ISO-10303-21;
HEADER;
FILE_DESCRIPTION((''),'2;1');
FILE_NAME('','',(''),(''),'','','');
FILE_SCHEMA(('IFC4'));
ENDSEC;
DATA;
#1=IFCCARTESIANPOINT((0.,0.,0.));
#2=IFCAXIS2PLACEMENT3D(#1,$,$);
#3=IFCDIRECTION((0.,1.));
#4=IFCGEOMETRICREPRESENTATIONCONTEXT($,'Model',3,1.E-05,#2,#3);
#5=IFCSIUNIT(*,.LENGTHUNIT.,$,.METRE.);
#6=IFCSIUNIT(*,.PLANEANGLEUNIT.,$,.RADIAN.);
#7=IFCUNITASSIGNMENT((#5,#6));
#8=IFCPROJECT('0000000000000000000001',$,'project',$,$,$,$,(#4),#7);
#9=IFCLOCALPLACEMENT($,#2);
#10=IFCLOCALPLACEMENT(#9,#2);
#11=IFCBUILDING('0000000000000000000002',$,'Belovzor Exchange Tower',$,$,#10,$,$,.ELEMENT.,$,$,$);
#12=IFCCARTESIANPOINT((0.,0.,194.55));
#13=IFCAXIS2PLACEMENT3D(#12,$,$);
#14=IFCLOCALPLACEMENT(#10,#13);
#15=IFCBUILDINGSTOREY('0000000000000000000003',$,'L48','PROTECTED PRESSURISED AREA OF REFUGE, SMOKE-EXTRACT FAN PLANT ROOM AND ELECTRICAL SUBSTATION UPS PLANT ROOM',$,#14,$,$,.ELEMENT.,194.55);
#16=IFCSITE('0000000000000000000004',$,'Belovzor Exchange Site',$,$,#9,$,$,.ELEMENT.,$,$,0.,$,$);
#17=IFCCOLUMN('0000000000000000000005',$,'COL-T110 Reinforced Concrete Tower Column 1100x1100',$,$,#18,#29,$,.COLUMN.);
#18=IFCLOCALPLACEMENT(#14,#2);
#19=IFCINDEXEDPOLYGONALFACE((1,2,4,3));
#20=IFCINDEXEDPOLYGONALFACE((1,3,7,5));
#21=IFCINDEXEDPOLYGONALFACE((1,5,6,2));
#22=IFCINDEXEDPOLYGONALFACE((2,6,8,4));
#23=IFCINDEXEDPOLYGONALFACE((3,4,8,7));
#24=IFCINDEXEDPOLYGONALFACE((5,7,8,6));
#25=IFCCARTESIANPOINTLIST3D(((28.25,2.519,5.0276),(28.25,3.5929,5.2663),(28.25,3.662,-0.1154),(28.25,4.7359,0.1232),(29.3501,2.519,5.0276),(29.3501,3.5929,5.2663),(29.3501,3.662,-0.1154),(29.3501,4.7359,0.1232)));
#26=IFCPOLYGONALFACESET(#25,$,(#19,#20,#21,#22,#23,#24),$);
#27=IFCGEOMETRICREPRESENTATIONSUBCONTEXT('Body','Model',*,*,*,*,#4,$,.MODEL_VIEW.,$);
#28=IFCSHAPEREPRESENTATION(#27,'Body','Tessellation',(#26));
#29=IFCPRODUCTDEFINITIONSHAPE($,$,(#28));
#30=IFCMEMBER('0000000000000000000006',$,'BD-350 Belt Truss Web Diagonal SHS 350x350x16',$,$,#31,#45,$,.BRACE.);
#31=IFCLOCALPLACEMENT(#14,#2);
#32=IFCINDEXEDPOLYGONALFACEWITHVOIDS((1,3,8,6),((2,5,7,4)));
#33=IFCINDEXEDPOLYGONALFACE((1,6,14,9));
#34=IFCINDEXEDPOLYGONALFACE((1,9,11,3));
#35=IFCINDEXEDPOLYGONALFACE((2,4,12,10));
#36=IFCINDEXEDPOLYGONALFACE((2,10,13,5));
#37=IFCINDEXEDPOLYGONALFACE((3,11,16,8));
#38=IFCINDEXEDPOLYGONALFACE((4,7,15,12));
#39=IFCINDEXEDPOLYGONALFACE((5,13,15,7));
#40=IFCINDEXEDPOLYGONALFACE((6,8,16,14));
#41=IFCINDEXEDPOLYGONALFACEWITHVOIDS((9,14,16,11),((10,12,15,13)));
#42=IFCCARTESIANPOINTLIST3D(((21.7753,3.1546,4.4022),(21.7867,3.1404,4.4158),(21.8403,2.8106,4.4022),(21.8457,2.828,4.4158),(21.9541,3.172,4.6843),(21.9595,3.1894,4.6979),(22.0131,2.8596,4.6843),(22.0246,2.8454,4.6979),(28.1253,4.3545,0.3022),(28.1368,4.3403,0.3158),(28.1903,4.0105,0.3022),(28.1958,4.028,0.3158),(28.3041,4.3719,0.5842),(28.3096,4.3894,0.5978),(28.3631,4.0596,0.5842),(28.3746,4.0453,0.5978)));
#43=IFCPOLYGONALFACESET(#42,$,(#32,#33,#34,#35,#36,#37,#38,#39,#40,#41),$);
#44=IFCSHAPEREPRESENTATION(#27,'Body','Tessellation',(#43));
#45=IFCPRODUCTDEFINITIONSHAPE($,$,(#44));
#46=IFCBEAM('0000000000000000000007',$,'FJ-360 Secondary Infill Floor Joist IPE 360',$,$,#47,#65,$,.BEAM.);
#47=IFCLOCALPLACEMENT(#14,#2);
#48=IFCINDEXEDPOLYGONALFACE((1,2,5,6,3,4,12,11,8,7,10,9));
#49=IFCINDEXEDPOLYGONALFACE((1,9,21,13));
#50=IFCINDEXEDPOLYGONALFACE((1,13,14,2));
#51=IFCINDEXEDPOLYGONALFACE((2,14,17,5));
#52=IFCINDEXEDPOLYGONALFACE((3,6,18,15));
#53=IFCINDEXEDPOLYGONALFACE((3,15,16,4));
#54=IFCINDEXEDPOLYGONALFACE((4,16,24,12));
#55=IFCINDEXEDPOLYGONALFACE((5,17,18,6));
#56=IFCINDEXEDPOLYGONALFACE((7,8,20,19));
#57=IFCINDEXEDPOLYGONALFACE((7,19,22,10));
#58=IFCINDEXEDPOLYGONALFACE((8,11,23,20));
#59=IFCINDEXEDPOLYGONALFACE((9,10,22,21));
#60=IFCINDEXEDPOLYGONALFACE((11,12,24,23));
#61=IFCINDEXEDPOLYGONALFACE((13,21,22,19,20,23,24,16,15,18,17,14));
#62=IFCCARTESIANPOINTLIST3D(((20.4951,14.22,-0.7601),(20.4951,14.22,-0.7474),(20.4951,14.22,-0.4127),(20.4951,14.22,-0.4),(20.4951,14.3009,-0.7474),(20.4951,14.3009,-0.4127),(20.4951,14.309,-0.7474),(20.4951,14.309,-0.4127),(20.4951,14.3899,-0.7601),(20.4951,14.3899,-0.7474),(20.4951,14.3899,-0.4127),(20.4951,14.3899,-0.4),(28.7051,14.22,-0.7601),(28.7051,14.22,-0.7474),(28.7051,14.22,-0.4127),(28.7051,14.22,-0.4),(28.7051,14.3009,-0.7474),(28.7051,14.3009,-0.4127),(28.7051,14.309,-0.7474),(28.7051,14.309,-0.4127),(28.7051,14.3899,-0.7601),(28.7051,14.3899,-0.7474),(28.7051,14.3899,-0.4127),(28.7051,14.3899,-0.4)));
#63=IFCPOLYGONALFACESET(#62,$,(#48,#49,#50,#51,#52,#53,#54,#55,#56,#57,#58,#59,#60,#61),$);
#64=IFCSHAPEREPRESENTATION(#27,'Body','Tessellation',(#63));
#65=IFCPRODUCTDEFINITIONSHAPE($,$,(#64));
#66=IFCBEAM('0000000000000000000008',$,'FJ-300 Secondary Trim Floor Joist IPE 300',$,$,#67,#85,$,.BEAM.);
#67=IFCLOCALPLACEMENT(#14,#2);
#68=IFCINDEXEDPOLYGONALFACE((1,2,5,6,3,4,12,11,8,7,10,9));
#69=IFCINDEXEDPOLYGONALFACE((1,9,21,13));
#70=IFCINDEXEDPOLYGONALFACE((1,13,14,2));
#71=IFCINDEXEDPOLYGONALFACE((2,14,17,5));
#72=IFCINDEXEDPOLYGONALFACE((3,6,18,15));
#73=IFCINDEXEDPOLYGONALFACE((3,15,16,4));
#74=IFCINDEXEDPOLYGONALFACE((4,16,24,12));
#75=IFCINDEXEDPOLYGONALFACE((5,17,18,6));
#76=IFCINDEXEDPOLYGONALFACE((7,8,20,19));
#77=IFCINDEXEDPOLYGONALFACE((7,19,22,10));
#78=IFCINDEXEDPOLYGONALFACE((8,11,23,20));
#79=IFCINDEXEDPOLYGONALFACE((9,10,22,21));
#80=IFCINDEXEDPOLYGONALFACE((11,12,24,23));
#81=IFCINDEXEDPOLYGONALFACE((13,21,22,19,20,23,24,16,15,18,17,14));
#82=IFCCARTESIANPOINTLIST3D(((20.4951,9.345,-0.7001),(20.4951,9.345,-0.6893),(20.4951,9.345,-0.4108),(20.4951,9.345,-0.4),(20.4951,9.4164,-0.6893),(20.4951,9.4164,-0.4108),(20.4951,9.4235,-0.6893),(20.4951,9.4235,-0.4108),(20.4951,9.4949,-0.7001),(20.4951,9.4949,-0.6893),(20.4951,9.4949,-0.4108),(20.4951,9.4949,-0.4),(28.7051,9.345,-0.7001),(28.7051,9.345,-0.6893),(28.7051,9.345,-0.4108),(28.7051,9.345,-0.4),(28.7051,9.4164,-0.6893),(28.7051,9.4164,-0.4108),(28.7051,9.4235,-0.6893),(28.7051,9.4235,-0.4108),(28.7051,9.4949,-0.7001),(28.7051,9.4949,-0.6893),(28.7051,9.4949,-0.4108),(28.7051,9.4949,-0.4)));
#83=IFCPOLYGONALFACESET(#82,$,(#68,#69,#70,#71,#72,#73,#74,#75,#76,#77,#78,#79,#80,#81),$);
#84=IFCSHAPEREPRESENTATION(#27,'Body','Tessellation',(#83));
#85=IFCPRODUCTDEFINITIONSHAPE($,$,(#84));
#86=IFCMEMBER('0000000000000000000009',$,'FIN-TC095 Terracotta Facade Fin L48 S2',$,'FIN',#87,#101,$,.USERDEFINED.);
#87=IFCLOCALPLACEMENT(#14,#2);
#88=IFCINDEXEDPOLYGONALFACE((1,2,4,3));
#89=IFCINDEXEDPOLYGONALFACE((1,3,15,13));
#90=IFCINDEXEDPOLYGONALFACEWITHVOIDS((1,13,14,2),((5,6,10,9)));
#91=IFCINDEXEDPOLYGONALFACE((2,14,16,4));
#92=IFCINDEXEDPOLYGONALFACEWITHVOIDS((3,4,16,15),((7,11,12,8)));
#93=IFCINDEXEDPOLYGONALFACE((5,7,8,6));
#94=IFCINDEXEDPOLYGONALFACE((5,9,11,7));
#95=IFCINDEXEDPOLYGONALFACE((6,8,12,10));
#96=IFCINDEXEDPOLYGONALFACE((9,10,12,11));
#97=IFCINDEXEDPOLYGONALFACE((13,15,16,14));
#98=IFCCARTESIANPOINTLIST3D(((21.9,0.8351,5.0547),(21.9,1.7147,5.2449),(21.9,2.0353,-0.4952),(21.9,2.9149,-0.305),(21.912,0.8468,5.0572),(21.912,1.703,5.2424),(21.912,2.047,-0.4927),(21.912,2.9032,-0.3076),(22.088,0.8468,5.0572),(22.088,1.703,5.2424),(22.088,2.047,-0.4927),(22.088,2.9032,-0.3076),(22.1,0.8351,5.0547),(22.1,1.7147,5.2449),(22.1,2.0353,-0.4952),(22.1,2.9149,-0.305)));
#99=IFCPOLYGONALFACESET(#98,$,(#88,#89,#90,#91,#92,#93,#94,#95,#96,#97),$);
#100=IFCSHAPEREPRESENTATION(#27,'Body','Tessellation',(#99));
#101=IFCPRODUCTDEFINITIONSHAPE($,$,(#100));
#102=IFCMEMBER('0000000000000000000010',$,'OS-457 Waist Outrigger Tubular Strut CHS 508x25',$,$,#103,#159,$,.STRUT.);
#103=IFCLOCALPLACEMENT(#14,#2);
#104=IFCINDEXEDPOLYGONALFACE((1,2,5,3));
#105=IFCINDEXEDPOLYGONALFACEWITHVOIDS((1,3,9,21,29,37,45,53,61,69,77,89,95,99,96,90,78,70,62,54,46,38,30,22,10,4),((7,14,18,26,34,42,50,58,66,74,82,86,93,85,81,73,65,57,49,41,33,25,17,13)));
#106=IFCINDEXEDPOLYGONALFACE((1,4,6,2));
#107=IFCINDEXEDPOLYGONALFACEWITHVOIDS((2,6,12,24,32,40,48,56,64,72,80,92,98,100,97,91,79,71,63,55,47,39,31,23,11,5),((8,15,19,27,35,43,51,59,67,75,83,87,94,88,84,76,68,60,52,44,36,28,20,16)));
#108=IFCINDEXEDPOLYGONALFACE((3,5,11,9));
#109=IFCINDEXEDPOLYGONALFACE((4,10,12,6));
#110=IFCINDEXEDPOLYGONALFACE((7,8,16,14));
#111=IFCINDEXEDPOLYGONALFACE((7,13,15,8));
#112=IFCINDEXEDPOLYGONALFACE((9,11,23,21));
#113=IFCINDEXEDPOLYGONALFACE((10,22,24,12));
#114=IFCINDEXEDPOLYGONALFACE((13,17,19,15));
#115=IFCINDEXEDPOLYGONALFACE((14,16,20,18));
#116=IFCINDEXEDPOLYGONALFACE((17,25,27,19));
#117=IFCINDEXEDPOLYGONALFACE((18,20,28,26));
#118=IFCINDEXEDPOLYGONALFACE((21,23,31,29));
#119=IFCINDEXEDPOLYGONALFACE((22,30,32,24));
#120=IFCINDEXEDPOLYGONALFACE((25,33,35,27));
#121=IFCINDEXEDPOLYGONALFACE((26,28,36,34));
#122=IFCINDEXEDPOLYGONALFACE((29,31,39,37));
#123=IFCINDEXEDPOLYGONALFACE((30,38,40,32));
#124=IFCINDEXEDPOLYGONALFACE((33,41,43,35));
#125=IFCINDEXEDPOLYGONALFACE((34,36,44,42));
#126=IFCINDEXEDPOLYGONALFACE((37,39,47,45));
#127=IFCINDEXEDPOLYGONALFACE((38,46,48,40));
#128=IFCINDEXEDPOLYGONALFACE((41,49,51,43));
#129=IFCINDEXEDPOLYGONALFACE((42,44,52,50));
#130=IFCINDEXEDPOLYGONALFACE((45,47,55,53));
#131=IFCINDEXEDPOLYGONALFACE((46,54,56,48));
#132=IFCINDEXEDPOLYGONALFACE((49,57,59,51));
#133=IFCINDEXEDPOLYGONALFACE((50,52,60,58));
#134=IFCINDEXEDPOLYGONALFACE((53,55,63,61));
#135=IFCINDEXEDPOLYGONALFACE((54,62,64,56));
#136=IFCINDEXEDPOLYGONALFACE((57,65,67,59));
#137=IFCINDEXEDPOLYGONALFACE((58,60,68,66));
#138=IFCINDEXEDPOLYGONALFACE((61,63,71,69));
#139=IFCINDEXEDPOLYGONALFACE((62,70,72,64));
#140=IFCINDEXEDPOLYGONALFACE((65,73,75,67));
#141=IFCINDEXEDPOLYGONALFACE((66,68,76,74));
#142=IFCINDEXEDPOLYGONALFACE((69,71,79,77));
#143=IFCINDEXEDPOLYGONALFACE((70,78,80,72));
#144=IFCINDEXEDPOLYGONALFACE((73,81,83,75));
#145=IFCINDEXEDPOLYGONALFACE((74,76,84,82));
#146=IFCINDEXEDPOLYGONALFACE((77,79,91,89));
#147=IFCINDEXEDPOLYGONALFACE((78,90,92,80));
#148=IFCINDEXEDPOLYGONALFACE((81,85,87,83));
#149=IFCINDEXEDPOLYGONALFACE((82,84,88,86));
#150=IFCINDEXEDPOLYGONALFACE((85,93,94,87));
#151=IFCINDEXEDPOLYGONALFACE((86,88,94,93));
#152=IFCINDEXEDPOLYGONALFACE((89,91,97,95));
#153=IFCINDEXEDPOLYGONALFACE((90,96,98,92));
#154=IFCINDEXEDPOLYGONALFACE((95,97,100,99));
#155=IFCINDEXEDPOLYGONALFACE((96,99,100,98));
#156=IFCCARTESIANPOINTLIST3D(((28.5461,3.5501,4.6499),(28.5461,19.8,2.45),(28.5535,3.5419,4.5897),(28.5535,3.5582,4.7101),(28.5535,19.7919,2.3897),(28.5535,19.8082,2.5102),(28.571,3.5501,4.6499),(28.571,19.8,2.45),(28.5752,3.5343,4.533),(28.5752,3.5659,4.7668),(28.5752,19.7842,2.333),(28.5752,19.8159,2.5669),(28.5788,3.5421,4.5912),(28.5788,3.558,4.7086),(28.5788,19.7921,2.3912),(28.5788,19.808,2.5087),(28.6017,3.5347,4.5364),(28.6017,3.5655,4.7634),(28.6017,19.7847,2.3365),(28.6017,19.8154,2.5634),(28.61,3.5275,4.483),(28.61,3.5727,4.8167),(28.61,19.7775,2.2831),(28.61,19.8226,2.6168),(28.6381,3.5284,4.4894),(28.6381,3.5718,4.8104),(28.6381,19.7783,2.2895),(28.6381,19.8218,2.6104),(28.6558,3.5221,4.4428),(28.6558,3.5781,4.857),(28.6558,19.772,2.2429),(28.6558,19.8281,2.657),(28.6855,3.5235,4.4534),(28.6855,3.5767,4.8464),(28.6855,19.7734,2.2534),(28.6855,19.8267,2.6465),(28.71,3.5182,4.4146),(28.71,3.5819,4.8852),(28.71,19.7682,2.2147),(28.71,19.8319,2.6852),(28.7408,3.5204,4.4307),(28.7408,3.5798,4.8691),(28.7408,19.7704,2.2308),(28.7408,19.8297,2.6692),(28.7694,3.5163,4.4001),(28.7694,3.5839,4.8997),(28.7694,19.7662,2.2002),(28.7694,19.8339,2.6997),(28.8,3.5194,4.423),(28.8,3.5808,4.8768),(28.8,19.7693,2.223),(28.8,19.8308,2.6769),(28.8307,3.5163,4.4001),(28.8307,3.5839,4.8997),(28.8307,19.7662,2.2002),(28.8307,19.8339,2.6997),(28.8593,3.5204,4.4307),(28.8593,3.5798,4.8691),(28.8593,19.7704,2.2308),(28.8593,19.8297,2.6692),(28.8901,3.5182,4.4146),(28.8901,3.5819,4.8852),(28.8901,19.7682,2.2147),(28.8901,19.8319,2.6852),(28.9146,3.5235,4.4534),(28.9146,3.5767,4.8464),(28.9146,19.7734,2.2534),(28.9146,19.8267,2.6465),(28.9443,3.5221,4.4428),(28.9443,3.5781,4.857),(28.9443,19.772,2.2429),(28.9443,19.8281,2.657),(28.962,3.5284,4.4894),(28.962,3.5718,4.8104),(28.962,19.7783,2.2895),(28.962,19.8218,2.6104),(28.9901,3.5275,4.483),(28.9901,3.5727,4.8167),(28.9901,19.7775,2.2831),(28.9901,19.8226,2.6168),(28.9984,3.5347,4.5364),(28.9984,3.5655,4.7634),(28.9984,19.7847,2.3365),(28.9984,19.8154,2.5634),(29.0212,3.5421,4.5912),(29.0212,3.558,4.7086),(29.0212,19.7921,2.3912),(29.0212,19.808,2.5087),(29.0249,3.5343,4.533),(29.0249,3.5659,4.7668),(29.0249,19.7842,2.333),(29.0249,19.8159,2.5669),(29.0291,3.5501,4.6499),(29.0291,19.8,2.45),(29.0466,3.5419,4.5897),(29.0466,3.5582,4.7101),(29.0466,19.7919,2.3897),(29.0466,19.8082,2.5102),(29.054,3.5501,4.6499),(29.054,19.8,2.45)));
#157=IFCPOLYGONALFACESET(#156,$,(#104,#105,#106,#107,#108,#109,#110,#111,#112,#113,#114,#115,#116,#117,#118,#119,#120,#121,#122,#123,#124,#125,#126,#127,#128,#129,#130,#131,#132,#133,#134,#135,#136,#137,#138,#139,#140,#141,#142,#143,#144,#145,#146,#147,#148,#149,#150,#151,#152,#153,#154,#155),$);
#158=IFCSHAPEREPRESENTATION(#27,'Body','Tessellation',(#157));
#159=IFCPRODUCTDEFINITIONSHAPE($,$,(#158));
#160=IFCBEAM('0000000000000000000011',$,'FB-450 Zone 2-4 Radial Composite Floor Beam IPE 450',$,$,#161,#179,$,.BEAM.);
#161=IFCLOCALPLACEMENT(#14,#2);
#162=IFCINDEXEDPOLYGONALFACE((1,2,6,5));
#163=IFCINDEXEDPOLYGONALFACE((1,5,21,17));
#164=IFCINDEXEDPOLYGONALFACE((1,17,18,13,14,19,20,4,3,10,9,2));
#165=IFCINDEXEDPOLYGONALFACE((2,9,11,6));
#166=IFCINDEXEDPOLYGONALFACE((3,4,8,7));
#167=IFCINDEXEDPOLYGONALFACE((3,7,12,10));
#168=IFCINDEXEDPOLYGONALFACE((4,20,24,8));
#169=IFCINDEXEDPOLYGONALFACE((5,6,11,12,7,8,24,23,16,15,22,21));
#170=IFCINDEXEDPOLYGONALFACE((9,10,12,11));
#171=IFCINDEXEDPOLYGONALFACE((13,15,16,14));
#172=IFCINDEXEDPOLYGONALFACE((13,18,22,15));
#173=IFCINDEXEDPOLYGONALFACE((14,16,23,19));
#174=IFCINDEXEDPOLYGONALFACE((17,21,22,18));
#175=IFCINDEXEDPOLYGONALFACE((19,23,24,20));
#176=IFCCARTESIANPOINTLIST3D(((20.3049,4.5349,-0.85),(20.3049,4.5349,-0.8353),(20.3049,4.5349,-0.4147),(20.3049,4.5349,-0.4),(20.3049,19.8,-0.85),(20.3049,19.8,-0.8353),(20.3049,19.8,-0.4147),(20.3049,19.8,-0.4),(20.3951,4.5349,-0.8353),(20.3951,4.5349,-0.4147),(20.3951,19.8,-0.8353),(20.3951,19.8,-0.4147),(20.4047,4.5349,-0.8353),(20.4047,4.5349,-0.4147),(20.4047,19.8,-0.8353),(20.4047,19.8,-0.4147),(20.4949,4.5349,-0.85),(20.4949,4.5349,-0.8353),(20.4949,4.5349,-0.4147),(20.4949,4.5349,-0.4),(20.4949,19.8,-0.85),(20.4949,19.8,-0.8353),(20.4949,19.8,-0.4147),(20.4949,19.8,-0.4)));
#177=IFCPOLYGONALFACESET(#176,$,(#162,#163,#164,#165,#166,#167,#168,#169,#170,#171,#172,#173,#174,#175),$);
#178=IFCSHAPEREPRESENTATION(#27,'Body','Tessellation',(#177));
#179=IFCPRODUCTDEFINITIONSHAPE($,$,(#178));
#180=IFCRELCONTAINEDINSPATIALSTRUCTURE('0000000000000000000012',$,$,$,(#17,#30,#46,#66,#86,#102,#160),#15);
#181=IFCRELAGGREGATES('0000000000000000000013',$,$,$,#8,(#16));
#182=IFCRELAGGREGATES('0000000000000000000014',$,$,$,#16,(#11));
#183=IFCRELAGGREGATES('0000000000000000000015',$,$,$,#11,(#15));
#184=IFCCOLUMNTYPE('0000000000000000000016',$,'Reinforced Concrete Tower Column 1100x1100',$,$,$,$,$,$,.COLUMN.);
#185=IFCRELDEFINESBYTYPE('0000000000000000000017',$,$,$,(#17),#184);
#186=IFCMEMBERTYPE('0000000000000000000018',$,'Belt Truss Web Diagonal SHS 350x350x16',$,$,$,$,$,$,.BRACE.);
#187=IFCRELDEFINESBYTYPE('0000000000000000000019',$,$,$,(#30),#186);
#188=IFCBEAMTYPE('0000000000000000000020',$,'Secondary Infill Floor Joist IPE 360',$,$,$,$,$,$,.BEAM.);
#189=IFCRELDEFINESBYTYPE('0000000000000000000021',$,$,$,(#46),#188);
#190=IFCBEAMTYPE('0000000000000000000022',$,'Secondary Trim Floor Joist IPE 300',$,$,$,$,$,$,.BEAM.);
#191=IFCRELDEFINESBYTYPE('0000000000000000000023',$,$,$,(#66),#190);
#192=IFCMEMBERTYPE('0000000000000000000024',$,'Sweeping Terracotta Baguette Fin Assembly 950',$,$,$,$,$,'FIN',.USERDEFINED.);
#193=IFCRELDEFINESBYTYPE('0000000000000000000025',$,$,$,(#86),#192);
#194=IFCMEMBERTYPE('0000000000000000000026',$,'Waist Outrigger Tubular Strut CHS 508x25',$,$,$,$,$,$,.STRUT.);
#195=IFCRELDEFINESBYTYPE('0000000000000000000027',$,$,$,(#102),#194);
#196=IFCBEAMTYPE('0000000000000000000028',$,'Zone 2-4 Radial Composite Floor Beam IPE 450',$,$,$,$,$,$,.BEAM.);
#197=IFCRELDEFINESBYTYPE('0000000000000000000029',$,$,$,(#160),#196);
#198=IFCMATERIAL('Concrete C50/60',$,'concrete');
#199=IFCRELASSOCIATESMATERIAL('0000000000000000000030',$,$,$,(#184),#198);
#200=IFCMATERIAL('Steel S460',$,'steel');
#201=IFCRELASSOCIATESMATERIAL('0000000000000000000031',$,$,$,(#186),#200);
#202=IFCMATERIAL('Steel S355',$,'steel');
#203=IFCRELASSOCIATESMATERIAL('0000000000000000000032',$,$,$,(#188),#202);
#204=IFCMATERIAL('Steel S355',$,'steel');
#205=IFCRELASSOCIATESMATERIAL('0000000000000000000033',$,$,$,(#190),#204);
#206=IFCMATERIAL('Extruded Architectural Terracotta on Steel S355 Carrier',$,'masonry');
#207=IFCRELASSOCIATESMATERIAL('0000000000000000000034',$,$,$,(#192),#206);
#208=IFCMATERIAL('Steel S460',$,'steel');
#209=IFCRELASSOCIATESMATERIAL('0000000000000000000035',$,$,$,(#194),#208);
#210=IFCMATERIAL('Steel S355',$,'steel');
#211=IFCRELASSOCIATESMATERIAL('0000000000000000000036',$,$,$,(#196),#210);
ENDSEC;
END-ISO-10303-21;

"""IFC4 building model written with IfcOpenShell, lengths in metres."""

from ifc_helpers import new_model, si_unit, direction, frame, origin, origin_2d, place, context, subcontext, project, spatial, rectangle, hollow_rectangle, hollow_circle, i_section, extrude, material, material_profile, profile_set, type_object, element, save


model = new_model("IFC4")

# Units and contexts
model_context = context("Model", 3, precision=1e-05, world=origin(), true_north=direction((0.0, 1.0)))
body_context = subcontext(model_context, "Body", "Model", "MODEL_VIEW")
ifc_project = project(units=[si_unit("LENGTHUNIT", "METRE"), si_unit("PLANEANGLEUNIT", "RADIAN")], contexts=[model_context])

# Site, building, storey
site_placement = place(None, origin())
site = spatial("IfcSite", under=ifc_project, at=site_placement, Name="Belovzor Exchange Site", CompositionType="ELEMENT", RefElevation=0.0)
building_placement = place(site_placement, origin())
building = spatial("IfcBuilding", under=site, at=building_placement, Name="Belovzor Exchange Tower", CompositionType="ELEMENT")
storey_placement = place(building_placement, frame((0.0, 0.0, 194.55)))
storey = spatial("IfcBuildingStorey", under=building, at=storey_placement, Name="L48", Description="PROTECTED PRESSURISED AREA OF REFUGE, SMOKE-EXTRACT FAN PLANT ROOM AND ELECTRICAL SUBSTATION UPS PLANT ROOM", CompositionType="ELEMENT", Elevation=194.55)

# Column
ifc_material_1 = material(Name="Concrete C50/60", Category="concrete")
ifc_material_profile_1 = material_profile(ifc_material_1, rectangle(XDim=1.1001, YDim=1.1001, at=origin_2d()))
ifc_profile_set_1 = profile_set([ifc_material_profile_1], Name="Concrete C50/60")
column_type = type_object("IfcColumnType", Name="Reinforced Concrete Tower Column 1100x1100", PredefinedType="COLUMN", material=ifc_profile_set_1)
column_placement = place(storey_placement, frame((28.8, 4.199, 0.0039), z_axis=(0.0, -0.21696, 0.976181), x_axis=(1.0, 0.0, 0.0)))
element("IfcColumn", 1, at=column_placement, inside=storey, type_object=column_type, Name="COL-T110 Reinforced Concrete Tower Column 1100x1100", PredefinedType="COLUMN", context=body_context, shape_type="SweptSolid", body=[
    extrude(rectangle(XDim=1.1001, YDim=1.1001, at=origin_2d()), origin(), (0.0, 0.0, 1.0), 5.2686),
])

# Member
ifc_material_2 = material(Name="Steel S460", Category="steel")
ifc_material_profile_2 = material_profile(ifc_material_2, hollow_rectangle(XDim=0.3501, YDim=0.3501, WallThickness=0.0161, at=origin_2d()))
ifc_profile_set_2 = profile_set([ifc_material_profile_2], Name="Steel S460")
member_type_1 = type_object("IfcMemberType", Name="Belt Truss Web Diagonal SHS 350x350x16", PredefinedType="BRACE", material=ifc_profile_set_2)
member_1_placement = place(storey_placement, frame((21.8999, 3.0, 4.55), z_axis=(0.82971, 0.156787, -0.535723), x_axis=(-0.18568, 0.98261, 0.0)))
element("IfcMember", 2, at=member_1_placement, inside=storey, type_object=member_type_1, Name="BD-350 Belt Truss Web Diagonal SHS 350x350x16", PredefinedType="BRACE", context=body_context, shape_type="SweptSolid", body=[
    extrude(hollow_rectangle(XDim=0.3501, YDim=0.3501, WallThickness=0.0161, at=origin_2d()), origin(), (0.0, 0.0, 1.0), 7.6533),
])

# Beams
ifc_material_3 = material(Name="Steel S355", Category="steel")
ifc_material_profile_3 = material_profile(ifc_material_3, i_section(OverallWidth=0.1699, OverallDepth=0.3601, WebThickness=0.0081, FlangeThickness=0.0127, at=origin_2d()))
ifc_profile_set_3 = profile_set([ifc_material_profile_3], Name="Steel S355")
beam_type_1 = type_object("IfcBeamType", Name="Secondary Infill Floor Joist IPE 360", PredefinedType="BEAM", material=ifc_profile_set_3)
beam_1_placement = place(storey_placement, frame((20.4951, 14.3049, -0.5801), z_axis=(1.0, 0.0, 0.0), x_axis=(0.0, 1.0, 0.0)))
element("IfcBeam", 3, at=beam_1_placement, inside=storey, type_object=beam_type_1, Name="FJ-360 Secondary Infill Floor Joist IPE 360", PredefinedType="BEAM", context=body_context, shape_type="SweptSolid", body=[
    extrude(i_section(OverallWidth=0.1699, OverallDepth=0.3601, WebThickness=0.0081, FlangeThickness=0.0127, at=origin_2d()), origin(), (0.0, 0.0, 1.0), 8.21),
])
ifc_material_4 = material(Name="Steel S355", Category="steel")
ifc_material_profile_4 = material_profile(ifc_material_4, i_section(OverallWidth=0.1499, OverallDepth=0.3, WebThickness=0.0071, FlangeThickness=0.0107, at=origin_2d()))
ifc_profile_set_4 = profile_set([ifc_material_profile_4], Name="Steel S355")
beam_type_2 = type_object("IfcBeamType", Name="Secondary Trim Floor Joist IPE 300", PredefinedType="BEAM", material=ifc_profile_set_4)
beam_2_placement = place(storey_placement, frame((20.4951, 9.4199, -0.55), z_axis=(1.0, 0.0, 0.0), x_axis=(0.0, 1.0, 0.0)))
element("IfcBeam", 4, at=beam_2_placement, inside=storey, type_object=beam_type_2, Name="FJ-300 Secondary Trim Floor Joist IPE 300", PredefinedType="BEAM", context=body_context, shape_type="SweptSolid", body=[
    extrude(i_section(OverallWidth=0.1499, OverallDepth=0.3, WebThickness=0.0071, FlangeThickness=0.0107, at=origin_2d()), origin(), (0.0, 0.0, 1.0), 8.21),
])

# Members
ifc_material_5 = material(Name="Extruded Architectural Terracotta on Steel S355 Carrier", Category="masonry")
ifc_material_profile_5 = material_profile(ifc_material_5, hollow_rectangle(XDim=0.2, YDim=0.8999, WallThickness=0.012, at=origin_2d()))
ifc_profile_set_5 = profile_set([ifc_material_profile_5], Name="Extruded Architectural Terracotta on Steel S355 Carrier")
member_type_2 = type_object("IfcMemberType", Name="Sweeping Terracotta Baguette Fin Assembly 950", ElementType="FIN", PredefinedType="USERDEFINED", material=ifc_profile_set_5)
member_2_placement = place(storey_placement, frame((22.0, 2.4751, -0.4001), z_axis=(0.0, -0.211364, 0.977407), x_axis=(1.0, 0.0, 0.0)))
element("IfcMember", 5, at=member_2_placement, inside=storey, type_object=member_type_2, Name="FIN-TC095 Terracotta Facade Fin L48 S2", ObjectType="FIN", PredefinedType="USERDEFINED", context=body_context, shape_type="SweptSolid", body=[
    extrude(hollow_rectangle(XDim=0.2, YDim=0.8999, WallThickness=0.012, at=origin_2d()), origin(), (0.0, 0.0, 1.0), 5.6782),
])
ifc_material_6 = material(Name="Steel S460", Category="steel")
ifc_material_profile_6 = material_profile(ifc_material_6, hollow_circle(Radius=0.2539, WallThickness=0.0249, at=origin_2d()))
ifc_profile_set_6 = profile_set([ifc_material_profile_6], Name="Steel S460")
member_type_3 = type_object("IfcMemberType", Name="Waist Outrigger Tubular Strut CHS 508x25", PredefinedType="STRUT", material=ifc_profile_set_6)
member_3_placement = place(storey_placement, frame((28.8, 19.8, 2.45), z_axis=(0.0, -0.99096, 0.134158), x_axis=(1.0, 0.0, 0.0)))
element("IfcMember", 6, at=member_3_placement, inside=storey, type_object=member_type_3, Name="OS-457 Waist Outrigger Tubular Strut CHS 508x25", PredefinedType="STRUT", context=body_context, shape_type="SweptSolid", body=[
    extrude(hollow_circle(Radius=0.2539, WallThickness=0.0249, at=origin_2d()), origin(), (0.0, 0.0, 1.0), 16.3982),
])

# Beam
ifc_material_7 = material(Name="Steel S355", Category="steel")
ifc_material_profile_7 = material_profile(ifc_material_7, i_section(OverallWidth=0.1899, OverallDepth=0.45, WebThickness=0.0095, FlangeThickness=0.0146, at=origin_2d()))
ifc_profile_set_7 = profile_set([ifc_material_profile_7], Name="Steel S355")
beam_type_3 = type_object("IfcBeamType", Name="Zone 2-4 Radial Composite Floor Beam IPE 450", PredefinedType="BEAM", material=ifc_profile_set_7)
beam_3_placement = place(storey_placement, frame((20.3999, 19.8, -0.625), z_axis=(0.0, -1.0, 0.0), x_axis=(1.0, 0.0, 0.0)))
element("IfcBeam", 7, at=beam_3_placement, inside=storey, type_object=beam_type_3, Name="FB-450 Zone 2-4 Radial Composite Floor Beam IPE 450", PredefinedType="BEAM", context=body_context, shape_type="SweptSolid", body=[
    extrude(i_section(OverallWidth=0.1899, OverallDepth=0.45, WebThickness=0.0095, FlangeThickness=0.0146, at=origin_2d()), origin(), (0.0, 0.0, 1.0), 15.2651),
])

save(model, "model.ifc")
